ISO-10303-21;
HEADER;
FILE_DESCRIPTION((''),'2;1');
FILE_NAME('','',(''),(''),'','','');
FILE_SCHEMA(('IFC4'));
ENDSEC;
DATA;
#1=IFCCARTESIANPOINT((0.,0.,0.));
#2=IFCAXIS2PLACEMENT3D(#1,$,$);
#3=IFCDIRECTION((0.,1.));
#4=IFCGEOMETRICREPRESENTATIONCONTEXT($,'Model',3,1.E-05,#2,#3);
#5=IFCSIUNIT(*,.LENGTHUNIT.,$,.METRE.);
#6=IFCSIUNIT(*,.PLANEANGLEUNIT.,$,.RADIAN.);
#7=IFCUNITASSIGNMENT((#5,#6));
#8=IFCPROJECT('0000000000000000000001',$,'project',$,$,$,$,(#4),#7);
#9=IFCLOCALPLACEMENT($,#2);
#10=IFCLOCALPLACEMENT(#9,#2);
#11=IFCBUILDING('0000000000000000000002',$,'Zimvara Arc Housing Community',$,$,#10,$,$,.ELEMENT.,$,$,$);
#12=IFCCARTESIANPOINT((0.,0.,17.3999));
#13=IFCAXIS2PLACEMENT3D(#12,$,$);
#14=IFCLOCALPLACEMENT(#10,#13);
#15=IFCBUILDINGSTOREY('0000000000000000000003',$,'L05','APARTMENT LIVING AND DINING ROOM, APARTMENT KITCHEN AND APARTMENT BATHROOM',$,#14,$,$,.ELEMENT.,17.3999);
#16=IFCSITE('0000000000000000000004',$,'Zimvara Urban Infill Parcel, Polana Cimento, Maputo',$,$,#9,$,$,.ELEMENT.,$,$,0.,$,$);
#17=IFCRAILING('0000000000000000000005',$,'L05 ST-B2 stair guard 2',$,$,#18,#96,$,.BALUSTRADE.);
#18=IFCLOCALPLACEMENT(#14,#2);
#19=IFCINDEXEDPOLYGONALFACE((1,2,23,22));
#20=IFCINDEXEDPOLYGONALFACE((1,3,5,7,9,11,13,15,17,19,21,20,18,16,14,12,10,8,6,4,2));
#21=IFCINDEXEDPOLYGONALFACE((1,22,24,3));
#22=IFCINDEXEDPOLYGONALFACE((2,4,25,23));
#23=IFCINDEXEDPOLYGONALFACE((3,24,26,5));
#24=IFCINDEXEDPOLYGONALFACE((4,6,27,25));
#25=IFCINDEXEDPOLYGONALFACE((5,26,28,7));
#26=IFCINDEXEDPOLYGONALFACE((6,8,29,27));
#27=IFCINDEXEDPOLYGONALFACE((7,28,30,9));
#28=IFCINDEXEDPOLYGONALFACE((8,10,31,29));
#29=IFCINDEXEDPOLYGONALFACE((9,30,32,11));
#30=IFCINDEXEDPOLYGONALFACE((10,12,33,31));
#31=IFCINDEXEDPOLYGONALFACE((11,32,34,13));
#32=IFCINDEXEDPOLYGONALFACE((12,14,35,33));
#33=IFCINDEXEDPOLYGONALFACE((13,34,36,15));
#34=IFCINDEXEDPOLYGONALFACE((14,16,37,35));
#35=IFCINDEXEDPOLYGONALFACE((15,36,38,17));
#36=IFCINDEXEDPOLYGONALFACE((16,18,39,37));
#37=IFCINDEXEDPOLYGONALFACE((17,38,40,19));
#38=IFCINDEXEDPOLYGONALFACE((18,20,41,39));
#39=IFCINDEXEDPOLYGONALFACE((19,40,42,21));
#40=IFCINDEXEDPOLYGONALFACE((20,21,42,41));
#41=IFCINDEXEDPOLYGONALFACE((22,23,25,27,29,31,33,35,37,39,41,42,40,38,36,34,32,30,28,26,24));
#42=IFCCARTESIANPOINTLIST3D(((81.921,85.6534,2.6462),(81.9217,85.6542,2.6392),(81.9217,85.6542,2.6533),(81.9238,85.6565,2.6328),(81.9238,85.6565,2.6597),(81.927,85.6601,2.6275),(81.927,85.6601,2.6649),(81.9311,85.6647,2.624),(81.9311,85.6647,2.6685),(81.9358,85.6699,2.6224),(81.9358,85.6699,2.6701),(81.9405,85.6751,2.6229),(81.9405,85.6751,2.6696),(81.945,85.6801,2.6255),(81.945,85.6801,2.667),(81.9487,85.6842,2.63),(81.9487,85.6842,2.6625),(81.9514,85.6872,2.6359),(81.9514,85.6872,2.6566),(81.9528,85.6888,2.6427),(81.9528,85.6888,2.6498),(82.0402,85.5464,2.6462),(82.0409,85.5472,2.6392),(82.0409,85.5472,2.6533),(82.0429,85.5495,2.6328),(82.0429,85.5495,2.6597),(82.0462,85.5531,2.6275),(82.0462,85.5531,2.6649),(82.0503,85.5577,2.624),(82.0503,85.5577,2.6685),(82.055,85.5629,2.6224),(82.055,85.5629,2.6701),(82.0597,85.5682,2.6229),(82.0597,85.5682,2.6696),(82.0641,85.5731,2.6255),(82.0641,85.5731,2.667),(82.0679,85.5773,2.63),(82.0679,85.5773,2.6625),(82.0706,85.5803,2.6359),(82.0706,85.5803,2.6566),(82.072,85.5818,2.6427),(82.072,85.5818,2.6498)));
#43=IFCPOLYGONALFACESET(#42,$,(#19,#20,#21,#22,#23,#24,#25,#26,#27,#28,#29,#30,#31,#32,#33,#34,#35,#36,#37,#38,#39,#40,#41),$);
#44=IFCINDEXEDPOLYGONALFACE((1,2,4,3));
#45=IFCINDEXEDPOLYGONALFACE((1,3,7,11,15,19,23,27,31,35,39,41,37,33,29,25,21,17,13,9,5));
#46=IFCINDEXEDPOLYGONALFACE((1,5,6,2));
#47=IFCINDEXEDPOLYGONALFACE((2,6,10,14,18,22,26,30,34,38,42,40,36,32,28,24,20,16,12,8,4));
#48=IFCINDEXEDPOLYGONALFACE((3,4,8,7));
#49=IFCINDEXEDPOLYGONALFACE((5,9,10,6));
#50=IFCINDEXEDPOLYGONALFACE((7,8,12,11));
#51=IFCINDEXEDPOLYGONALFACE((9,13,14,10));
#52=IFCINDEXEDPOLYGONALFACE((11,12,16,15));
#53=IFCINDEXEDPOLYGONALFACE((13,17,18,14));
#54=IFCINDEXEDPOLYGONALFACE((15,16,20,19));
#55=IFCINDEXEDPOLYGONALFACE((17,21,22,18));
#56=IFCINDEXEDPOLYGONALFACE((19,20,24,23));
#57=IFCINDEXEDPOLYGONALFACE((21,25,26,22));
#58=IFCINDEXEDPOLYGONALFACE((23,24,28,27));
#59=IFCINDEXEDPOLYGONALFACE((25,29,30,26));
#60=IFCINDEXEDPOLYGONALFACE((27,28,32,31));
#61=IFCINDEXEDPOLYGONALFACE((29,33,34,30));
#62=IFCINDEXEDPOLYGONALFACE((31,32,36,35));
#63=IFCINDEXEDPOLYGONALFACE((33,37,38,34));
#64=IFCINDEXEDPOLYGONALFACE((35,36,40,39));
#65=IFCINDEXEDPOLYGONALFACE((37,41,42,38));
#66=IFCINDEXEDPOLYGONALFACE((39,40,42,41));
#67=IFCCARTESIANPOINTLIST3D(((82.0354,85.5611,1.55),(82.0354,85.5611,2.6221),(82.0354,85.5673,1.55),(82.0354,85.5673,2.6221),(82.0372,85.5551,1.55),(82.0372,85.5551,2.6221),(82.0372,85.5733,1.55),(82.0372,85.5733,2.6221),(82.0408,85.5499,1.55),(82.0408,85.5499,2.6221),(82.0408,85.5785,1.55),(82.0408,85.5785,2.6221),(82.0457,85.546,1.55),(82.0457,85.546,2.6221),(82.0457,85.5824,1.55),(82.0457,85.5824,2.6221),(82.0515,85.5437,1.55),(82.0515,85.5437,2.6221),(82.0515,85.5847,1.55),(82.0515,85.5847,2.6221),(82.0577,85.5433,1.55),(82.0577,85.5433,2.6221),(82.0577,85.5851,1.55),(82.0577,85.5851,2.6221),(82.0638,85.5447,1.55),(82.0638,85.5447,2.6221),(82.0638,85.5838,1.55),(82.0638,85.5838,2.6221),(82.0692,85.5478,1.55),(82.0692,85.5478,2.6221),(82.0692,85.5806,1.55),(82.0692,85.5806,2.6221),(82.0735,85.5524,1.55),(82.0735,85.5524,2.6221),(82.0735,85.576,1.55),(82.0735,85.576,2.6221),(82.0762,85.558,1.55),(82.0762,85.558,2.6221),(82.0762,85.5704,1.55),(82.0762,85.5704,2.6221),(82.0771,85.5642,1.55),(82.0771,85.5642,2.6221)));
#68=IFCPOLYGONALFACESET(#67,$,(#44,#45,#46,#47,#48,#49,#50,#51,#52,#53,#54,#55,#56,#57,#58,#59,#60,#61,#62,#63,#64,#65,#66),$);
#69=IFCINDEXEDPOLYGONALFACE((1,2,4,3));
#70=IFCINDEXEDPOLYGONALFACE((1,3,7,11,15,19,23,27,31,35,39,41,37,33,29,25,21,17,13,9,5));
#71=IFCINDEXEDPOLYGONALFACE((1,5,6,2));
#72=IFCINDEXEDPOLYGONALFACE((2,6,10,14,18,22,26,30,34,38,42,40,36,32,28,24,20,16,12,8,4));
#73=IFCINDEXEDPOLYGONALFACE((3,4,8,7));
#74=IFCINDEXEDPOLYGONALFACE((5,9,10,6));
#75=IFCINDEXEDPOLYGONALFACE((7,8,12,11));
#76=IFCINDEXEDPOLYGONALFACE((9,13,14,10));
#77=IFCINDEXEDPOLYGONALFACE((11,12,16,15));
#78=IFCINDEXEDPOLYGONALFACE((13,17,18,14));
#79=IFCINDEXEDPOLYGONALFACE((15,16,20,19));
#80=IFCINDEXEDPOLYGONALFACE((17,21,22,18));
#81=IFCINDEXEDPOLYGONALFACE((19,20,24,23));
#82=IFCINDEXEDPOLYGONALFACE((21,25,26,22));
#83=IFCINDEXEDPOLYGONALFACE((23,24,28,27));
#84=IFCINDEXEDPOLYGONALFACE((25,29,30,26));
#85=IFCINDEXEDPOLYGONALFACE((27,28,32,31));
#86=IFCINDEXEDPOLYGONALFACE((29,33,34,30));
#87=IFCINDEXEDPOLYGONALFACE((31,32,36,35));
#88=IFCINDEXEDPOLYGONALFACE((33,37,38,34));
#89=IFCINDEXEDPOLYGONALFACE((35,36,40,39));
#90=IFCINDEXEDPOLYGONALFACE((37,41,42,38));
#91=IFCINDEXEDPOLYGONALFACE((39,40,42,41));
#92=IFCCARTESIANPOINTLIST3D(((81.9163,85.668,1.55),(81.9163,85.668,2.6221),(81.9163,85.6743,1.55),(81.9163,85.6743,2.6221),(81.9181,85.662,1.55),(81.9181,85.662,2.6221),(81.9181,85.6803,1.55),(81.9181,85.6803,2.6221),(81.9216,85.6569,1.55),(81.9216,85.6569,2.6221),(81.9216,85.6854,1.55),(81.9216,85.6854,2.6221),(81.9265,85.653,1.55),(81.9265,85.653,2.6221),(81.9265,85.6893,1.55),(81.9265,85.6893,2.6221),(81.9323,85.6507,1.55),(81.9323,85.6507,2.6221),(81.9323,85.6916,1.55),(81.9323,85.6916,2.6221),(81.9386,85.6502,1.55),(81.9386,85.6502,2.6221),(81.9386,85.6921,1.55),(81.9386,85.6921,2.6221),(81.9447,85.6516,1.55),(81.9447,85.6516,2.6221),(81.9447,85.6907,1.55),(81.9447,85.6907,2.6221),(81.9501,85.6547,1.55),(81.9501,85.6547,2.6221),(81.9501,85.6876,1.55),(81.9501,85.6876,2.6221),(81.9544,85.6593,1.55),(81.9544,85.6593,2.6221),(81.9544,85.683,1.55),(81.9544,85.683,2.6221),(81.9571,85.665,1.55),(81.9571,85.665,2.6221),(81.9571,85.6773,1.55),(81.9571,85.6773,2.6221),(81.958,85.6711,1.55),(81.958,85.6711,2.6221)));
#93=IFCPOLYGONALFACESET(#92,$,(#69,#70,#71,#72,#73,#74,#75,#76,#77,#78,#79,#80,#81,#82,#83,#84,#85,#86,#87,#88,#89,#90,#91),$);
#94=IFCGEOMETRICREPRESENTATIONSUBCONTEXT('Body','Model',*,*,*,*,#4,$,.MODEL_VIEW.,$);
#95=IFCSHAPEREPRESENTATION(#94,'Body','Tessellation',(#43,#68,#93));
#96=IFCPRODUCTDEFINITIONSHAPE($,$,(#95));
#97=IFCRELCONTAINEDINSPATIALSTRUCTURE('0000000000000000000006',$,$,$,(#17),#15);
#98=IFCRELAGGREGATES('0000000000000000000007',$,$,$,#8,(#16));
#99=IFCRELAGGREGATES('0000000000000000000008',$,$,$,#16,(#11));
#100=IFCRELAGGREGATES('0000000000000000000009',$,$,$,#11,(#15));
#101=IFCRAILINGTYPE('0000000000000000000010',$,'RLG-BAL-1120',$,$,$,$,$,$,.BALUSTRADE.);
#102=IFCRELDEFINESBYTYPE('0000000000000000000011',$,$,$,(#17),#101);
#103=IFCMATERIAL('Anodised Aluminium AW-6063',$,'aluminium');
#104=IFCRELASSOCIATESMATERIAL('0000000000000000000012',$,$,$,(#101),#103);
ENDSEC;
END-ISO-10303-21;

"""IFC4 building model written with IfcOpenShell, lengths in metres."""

from ifc_helpers import new_model, si_unit, direction, frame, origin, origin_2d, place, context, subcontext, project, spatial, circle, extrude, material, type_object, element, save


model = new_model("IFC4")

# Units and contexts
model_context = context("Model", 3, precision=1e-05, world=origin(), true_north=direction((0.0, 1.0)))
body_context = subcontext(model_context, "Body", "Model", "MODEL_VIEW")
ifc_project = project(units=[si_unit("LENGTHUNIT", "METRE"), si_unit("PLANEANGLEUNIT", "RADIAN")], contexts=[model_context])

# Site, building, storey
site_placement = place(None, origin())
site = spatial("IfcSite", under=ifc_project, at=site_placement, Name="Zimvara Urban Infill Parcel, Polana Cimento, Maputo", CompositionType="ELEMENT", RefElevation=0.0)
building_placement = place(site_placement, origin())
building = spatial("IfcBuilding", under=site, at=building_placement, Name="Zimvara Arc Housing Community", CompositionType="ELEMENT")
storey_placement = place(building_placement, frame((0.0, 0.0, 17.3999)))
storey = spatial("IfcBuildingStorey", under=building, at=storey_placement, Name="L05", Description="APARTMENT LIVING AND DINING ROOM, APARTMENT KITCHEN AND APARTMENT BATHROOM", CompositionType="ELEMENT", Elevation=17.3999)

# Railing
ifc_material_1 = material(Name="Anodised Aluminium AW-6063", Category="aluminium")
railing_type_1 = type_object("IfcRailingType", Name="RLG-BAL-1120", PredefinedType="BALUSTRADE", material=ifc_material_1)
railing_1_placement = place(storey_placement, frame((82.0562, 85.5642, 1.55)))
element("IfcRailing", 1, at=railing_1_placement, inside=storey, type_object=railing_type_1, Name="L05 ST-B2 stair guard 2", PredefinedType="BALUSTRADE", context=body_context, shape_type="SweptSolid", body=[
    extrude(circle(Radius=0.0239, at=origin_2d()), frame((0.0, 0.0, 1.0962), z_axis=(-0.744203, 0.667953, 0.0), x_axis=(-0.667953, -0.744203, 0.0)), (0.0, 0.0, 1.0), 0.1602),
    extrude(circle(Radius=0.021, at=origin_2d()), origin(), (0.0, 0.0, 1.0), 1.072),
    extrude(circle(Radius=0.021, at=origin_2d()), frame((-0.1191, 0.1069, 0.0)), (0.0, 0.0, 1.0), 1.072),
])

save(model, "model.ifc")
